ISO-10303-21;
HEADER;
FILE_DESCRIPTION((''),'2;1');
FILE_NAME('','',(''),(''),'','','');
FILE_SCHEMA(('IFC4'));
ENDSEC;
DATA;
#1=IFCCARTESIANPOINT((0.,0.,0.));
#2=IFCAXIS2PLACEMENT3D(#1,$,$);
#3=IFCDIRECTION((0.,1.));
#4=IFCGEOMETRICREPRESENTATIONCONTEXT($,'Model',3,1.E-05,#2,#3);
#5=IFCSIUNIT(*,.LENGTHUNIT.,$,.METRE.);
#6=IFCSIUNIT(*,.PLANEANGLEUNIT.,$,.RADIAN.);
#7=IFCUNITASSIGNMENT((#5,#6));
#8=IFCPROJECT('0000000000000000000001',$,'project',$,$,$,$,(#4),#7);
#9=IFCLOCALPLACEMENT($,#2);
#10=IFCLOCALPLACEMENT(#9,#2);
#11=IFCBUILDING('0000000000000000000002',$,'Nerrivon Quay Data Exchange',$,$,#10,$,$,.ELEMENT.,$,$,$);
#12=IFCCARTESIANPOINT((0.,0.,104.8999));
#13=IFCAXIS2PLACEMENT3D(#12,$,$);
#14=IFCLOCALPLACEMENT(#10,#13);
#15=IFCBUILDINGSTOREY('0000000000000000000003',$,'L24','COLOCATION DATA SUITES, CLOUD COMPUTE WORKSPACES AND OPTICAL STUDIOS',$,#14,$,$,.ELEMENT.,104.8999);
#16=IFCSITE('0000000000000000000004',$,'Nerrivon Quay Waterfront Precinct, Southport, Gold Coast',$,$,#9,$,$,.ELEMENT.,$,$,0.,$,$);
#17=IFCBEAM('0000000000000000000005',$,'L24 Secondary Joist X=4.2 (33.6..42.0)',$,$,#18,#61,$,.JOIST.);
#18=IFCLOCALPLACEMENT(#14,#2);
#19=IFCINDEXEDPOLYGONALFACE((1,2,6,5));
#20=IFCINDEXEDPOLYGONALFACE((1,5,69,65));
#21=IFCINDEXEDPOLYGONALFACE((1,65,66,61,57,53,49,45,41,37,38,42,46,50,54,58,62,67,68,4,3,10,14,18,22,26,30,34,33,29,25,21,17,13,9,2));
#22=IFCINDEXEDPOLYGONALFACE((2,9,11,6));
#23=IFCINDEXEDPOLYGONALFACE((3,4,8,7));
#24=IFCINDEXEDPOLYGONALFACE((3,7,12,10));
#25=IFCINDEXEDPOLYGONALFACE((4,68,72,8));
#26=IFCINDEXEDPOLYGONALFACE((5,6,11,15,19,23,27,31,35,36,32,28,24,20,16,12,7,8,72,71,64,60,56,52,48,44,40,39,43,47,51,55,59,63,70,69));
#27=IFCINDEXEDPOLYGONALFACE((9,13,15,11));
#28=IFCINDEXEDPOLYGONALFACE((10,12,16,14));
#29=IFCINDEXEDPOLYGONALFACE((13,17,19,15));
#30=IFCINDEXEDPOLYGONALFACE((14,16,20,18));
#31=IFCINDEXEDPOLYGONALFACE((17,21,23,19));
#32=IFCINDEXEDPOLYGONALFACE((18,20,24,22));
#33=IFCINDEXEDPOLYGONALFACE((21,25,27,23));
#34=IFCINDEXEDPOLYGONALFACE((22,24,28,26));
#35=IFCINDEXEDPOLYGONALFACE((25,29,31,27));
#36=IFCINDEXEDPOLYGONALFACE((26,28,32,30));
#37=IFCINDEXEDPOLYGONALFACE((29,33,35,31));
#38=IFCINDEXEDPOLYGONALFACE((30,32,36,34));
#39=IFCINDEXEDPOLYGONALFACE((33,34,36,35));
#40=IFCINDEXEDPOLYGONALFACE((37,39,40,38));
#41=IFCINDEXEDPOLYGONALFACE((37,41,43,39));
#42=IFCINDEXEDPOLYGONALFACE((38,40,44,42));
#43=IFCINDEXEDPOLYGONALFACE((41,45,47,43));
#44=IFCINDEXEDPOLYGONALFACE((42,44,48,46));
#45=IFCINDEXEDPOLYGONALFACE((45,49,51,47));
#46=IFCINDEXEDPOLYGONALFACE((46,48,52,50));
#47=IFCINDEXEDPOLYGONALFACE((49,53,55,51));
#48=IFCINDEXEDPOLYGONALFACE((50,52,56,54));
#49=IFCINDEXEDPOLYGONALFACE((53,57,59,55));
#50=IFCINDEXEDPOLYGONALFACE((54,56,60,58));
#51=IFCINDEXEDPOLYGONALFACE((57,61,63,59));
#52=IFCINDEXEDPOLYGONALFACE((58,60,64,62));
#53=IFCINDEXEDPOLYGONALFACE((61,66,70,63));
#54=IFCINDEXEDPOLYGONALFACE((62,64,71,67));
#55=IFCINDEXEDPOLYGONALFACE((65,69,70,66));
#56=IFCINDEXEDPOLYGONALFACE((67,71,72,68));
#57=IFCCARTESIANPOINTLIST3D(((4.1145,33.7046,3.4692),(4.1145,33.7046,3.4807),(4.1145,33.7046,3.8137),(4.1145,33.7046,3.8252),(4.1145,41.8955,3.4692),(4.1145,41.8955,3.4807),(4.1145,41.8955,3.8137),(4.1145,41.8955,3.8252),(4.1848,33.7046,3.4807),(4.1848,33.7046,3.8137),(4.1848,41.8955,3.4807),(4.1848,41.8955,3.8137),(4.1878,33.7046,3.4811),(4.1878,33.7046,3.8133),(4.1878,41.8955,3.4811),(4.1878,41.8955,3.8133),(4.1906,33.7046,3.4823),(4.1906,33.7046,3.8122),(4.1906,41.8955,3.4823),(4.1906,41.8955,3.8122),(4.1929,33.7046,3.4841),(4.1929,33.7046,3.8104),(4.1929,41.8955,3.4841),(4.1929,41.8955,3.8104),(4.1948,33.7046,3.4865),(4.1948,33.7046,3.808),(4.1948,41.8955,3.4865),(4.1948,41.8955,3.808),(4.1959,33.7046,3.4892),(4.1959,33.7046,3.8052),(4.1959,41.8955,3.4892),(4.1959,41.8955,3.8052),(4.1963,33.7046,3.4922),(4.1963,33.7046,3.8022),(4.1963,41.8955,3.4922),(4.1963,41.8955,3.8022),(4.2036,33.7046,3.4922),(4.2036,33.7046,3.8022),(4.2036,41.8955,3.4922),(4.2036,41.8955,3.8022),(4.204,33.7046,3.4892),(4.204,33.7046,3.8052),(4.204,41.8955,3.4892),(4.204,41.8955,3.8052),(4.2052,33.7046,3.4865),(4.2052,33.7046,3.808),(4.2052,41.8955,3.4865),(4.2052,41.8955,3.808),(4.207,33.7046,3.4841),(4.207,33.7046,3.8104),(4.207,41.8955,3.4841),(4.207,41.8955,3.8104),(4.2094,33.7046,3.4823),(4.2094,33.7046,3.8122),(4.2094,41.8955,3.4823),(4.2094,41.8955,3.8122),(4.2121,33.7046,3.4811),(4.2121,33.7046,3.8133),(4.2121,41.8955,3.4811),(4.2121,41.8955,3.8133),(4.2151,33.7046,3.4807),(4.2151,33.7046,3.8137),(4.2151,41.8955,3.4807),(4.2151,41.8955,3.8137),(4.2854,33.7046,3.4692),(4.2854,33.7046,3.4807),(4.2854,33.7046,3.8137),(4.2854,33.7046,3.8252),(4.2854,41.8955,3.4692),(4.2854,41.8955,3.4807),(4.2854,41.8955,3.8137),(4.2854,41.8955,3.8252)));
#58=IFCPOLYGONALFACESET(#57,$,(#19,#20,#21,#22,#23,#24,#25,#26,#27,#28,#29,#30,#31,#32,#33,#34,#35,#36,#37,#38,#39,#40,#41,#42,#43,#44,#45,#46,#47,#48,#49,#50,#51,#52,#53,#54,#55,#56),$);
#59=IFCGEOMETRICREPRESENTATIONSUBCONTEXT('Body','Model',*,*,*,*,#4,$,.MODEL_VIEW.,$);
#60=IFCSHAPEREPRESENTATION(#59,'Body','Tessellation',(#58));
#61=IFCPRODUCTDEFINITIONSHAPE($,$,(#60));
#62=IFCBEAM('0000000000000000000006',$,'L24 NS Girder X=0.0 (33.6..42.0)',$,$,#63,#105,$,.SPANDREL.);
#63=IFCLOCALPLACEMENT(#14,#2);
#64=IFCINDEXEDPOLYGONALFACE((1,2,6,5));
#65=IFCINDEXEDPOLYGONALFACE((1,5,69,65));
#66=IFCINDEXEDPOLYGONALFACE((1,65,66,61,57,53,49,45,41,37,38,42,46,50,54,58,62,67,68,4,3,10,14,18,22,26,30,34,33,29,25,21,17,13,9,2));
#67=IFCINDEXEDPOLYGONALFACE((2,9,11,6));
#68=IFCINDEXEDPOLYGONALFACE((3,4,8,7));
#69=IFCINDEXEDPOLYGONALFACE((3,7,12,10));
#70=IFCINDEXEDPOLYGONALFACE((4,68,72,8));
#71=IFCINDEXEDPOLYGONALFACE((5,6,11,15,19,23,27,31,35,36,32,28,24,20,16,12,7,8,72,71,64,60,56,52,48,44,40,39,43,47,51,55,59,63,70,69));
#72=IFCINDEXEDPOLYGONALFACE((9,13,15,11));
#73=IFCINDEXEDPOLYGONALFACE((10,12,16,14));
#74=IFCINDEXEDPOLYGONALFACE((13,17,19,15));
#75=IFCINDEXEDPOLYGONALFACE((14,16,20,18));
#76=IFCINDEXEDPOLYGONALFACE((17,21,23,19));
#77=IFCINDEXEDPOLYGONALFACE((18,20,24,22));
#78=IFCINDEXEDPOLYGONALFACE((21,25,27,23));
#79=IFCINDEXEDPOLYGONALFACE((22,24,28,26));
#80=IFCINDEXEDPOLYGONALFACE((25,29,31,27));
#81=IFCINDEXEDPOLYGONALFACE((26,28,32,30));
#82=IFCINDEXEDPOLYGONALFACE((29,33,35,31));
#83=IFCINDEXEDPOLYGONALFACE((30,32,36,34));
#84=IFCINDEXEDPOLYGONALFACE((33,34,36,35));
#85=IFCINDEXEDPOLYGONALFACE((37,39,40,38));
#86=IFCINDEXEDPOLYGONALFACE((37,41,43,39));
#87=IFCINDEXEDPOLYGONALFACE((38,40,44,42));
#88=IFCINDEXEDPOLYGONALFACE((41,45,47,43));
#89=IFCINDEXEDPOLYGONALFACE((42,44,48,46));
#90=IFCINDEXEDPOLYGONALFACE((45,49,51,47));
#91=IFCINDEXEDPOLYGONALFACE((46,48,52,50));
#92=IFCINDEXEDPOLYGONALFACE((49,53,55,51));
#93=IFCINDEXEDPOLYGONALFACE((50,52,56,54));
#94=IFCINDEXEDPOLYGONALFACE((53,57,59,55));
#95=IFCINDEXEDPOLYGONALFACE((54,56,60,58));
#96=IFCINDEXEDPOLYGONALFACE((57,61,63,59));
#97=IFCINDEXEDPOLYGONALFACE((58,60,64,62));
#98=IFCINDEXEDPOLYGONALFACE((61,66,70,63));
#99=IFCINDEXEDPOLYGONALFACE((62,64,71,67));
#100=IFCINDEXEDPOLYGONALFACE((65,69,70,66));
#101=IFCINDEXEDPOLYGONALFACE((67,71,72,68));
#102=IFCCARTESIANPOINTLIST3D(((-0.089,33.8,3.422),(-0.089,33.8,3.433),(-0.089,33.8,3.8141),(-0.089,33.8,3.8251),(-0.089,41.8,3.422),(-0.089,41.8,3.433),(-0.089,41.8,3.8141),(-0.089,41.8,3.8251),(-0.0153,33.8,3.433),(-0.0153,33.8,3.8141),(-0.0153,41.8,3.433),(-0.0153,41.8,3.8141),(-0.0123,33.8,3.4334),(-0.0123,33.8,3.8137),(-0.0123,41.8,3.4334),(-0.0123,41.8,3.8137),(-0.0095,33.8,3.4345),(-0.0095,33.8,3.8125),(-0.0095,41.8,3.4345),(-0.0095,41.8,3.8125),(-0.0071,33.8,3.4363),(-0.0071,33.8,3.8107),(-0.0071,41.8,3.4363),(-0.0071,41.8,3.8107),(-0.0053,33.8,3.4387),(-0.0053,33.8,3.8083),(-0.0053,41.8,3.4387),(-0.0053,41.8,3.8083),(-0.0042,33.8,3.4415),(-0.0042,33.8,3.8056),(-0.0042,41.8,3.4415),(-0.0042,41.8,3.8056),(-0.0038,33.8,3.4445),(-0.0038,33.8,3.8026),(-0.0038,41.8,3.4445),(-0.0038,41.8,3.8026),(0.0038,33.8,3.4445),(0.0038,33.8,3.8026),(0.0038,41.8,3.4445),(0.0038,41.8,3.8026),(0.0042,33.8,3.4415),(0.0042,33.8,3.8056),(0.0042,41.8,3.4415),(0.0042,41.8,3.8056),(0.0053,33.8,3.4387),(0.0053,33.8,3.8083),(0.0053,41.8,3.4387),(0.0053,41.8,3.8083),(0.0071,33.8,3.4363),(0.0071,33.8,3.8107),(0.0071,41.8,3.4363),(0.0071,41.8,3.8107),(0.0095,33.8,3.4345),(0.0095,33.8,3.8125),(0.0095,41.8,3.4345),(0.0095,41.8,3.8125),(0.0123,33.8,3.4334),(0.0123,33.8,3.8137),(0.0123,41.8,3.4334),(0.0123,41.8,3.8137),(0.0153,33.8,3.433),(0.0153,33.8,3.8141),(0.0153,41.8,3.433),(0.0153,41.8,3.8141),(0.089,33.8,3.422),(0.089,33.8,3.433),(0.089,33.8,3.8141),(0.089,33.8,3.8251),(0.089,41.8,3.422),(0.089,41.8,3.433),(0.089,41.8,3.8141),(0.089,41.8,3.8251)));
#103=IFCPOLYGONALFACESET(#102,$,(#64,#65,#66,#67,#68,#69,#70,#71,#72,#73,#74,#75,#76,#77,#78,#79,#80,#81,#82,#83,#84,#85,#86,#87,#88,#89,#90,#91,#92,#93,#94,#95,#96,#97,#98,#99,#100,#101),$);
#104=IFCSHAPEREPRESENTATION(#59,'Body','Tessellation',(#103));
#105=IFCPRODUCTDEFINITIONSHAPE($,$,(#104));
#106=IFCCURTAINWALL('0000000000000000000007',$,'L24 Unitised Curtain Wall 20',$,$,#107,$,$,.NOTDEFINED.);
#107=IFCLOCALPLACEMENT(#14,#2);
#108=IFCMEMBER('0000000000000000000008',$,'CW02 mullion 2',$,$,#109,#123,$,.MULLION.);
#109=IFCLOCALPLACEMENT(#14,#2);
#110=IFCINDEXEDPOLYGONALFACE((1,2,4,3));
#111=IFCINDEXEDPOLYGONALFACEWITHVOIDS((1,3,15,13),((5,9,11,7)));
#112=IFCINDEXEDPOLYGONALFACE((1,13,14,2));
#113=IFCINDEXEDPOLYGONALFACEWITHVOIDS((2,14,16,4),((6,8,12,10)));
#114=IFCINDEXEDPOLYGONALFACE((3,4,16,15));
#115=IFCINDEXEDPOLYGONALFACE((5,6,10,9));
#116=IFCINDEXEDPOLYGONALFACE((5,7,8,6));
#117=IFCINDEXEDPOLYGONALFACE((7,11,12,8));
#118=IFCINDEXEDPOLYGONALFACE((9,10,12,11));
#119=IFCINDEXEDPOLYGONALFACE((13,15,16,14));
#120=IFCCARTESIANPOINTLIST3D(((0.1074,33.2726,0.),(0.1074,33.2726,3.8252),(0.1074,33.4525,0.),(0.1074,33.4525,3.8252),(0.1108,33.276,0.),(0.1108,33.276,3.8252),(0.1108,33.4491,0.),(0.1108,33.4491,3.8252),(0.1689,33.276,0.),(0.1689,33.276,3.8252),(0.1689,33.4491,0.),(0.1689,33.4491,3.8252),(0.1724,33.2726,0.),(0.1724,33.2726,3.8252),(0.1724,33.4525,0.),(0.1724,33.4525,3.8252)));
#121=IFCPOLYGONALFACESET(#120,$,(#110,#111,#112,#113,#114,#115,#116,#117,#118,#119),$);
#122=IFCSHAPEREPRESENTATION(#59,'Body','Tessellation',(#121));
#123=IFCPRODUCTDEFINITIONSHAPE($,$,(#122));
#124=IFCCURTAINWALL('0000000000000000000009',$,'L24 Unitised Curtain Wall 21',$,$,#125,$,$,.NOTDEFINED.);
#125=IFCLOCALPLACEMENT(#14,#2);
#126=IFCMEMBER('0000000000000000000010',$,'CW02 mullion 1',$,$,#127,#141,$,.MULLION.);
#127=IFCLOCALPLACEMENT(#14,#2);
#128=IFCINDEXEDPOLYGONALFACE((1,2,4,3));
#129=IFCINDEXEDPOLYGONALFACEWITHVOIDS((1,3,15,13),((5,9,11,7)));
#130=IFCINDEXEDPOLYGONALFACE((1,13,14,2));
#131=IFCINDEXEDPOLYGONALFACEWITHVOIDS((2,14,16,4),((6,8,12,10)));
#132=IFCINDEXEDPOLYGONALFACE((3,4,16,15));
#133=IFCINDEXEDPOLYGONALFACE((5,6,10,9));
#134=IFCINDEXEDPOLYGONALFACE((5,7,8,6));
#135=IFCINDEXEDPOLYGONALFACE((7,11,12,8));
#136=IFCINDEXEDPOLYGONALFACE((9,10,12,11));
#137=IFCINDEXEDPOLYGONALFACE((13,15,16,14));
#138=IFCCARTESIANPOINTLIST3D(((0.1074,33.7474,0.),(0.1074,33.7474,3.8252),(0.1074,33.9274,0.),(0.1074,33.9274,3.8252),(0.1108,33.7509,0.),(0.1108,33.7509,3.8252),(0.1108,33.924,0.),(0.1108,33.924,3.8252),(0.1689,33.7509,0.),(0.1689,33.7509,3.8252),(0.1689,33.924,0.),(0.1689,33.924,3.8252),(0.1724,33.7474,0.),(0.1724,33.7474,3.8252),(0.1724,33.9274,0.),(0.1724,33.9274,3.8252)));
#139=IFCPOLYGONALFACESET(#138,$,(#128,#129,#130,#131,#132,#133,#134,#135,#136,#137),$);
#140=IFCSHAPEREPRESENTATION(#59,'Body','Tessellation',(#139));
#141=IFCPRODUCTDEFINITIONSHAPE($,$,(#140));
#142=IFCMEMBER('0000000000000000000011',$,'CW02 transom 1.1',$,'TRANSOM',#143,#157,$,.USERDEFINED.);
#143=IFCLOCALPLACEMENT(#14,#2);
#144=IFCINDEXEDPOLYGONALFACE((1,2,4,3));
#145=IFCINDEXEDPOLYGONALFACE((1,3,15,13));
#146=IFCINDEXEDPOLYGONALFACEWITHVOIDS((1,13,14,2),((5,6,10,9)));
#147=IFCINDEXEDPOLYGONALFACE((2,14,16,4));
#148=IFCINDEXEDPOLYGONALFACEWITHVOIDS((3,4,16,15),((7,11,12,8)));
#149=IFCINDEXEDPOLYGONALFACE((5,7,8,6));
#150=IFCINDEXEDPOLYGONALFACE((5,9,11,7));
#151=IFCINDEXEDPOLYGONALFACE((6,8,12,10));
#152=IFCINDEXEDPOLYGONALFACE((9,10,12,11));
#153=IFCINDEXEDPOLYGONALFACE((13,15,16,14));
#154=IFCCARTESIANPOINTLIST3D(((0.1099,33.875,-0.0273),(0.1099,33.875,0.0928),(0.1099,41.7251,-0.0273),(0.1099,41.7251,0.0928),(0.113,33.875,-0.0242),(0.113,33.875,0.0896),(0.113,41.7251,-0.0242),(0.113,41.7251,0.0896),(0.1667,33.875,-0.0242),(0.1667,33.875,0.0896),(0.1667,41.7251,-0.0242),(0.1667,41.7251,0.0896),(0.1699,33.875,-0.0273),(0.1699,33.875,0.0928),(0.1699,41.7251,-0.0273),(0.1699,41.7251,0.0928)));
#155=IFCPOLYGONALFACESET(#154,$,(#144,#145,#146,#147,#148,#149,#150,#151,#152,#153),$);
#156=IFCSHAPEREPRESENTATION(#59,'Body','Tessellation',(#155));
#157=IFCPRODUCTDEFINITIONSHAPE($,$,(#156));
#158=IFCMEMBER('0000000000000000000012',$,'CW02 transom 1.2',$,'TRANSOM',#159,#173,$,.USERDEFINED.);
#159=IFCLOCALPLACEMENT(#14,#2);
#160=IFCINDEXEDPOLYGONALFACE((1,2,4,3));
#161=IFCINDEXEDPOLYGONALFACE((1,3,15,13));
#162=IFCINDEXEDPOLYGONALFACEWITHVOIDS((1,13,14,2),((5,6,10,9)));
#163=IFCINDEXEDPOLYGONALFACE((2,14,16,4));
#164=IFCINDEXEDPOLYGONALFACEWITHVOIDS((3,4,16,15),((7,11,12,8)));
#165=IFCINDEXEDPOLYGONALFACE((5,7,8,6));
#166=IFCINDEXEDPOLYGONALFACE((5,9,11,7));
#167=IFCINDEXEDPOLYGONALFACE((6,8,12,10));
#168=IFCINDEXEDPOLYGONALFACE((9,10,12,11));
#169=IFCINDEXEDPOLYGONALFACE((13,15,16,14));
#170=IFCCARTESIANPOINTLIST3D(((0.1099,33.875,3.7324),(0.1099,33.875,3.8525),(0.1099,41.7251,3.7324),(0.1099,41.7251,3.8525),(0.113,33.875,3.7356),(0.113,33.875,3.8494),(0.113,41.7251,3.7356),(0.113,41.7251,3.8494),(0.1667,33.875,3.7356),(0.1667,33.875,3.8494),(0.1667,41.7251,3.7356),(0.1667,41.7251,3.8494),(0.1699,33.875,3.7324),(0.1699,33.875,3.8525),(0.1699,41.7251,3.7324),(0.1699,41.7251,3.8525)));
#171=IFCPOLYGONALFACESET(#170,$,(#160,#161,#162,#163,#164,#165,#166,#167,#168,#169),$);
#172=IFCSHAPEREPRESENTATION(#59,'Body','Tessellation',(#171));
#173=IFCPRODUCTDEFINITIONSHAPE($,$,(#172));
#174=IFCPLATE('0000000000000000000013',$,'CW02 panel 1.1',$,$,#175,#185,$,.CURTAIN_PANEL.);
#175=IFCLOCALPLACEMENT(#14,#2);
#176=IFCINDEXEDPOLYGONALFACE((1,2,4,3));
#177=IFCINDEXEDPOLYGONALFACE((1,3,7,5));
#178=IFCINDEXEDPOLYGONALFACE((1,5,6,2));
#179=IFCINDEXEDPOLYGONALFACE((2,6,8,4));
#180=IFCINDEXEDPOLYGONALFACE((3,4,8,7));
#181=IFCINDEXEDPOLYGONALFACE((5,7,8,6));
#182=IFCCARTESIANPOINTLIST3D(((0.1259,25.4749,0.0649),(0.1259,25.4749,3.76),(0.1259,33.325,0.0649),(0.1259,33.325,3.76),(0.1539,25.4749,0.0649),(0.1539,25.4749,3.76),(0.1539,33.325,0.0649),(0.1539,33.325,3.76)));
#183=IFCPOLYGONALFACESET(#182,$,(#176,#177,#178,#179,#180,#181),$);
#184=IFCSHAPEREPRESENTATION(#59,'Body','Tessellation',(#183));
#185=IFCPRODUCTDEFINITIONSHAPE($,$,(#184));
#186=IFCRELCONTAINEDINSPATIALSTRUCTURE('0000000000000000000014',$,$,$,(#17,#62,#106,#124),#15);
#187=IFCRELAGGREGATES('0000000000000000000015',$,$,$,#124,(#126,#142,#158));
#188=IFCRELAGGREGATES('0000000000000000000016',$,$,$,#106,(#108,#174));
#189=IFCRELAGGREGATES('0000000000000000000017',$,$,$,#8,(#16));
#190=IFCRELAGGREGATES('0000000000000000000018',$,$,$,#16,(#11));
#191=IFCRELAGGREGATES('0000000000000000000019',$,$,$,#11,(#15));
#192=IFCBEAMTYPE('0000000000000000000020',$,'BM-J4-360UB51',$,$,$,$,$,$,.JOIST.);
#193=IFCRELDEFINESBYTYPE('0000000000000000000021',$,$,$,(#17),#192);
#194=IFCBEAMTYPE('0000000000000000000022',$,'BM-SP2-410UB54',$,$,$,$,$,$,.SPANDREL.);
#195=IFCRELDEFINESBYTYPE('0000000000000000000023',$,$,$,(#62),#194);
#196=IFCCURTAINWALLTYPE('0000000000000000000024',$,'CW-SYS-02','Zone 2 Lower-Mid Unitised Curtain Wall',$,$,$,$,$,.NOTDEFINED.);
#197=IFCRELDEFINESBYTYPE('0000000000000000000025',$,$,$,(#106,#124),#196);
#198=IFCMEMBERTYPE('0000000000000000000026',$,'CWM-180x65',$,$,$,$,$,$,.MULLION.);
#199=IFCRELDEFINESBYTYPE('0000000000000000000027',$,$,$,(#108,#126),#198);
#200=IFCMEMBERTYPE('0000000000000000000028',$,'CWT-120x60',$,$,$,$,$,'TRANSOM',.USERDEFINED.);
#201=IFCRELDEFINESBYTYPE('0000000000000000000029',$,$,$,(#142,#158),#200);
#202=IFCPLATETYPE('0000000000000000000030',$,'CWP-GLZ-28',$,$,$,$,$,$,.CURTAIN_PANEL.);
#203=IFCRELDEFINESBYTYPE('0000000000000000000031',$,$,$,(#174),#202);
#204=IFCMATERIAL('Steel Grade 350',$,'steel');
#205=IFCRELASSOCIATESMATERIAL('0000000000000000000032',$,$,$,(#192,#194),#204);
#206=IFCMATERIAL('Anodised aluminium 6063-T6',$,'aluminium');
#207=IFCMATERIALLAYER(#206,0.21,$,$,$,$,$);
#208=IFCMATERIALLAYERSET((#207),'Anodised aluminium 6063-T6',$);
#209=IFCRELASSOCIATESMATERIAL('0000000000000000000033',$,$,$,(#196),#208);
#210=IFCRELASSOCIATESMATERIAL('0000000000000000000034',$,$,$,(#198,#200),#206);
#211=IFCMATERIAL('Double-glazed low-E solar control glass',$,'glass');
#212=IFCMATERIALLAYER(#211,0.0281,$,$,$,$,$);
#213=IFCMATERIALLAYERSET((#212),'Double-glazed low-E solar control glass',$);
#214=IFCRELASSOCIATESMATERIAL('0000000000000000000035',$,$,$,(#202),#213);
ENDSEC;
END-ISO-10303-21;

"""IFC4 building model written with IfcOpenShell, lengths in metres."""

from ifc_helpers import new_model, si_unit, direction, frame, origin, origin_2d, place, context, subcontext, project, spatial, rectangle, hollow_rectangle, i_section, extrude, material, layer, layer_set, material_profile, profile_set, type_object, element, aggregate, save


model = new_model("IFC4")

# Units and contexts
model_context = context("Model", 3, precision=1e-05, world=origin(), true_north=direction((0.0, 1.0)))
body_context = subcontext(model_context, "Body", "Model", "MODEL_VIEW")
ifc_project = project(units=[si_unit("LENGTHUNIT", "METRE"), si_unit("PLANEANGLEUNIT", "RADIAN")], contexts=[model_context])

# Site, building, storey
site_placement = place(None, origin())
site = spatial("IfcSite", under=ifc_project, at=site_placement, Name="Nerrivon Quay Waterfront Precinct, Southport, Gold Coast", CompositionType="ELEMENT", RefElevation=0.0)
building_placement = place(site_placement, origin())
building = spatial("IfcBuilding", under=site, at=building_placement, Name="Nerrivon Quay Data Exchange", CompositionType="ELEMENT")
storey_placement = place(building_placement, frame((0.0, 0.0, 104.8999)))
storey = spatial("IfcBuildingStorey", under=building, at=storey_placement, Name="L24", Description="COLOCATION DATA SUITES, CLOUD COMPUTE WORKSPACES AND OPTICAL STUDIOS", CompositionType="ELEMENT", Elevation=104.8999)

# Shared definitions
ifc_material_1 = material(Name="Steel Grade 350", Category="steel")

# Beams
ifc_material_profile_1 = material_profile(ifc_material_1, i_section(OverallWidth=0.1709, OverallDepth=0.356, WebThickness=0.0073, FlangeThickness=0.0115, FilletRadius=0.0115, at=origin_2d()), Name="360UB50.7")
ifc_profile_set_1 = profile_set([ifc_material_profile_1], Name="Steel Grade 350")
beam_type_1 = type_object("IfcBeamType", Name="BM-J4-360UB51", PredefinedType="JOIST", material=ifc_profile_set_1)
beam_1_placement = place(storey_placement, frame((4.2, 33.7046, 3.6472), z_axis=(0.0, 1.0, 0.0), x_axis=(-1.0, 0.0, 0.0)))
element("IfcBeam", 1, at=beam_1_placement, inside=storey, type_object=beam_type_1, Name="L24 Secondary Joist X=4.2 (33.6..42.0)", PredefinedType="JOIST", context=body_context, shape_type="SweptSolid", body=[
    extrude(i_section(OverallWidth=0.1709, OverallDepth=0.356, WebThickness=0.0073, FlangeThickness=0.0115, FilletRadius=0.0115, at=origin_2d()), origin(), (0.0, 0.0, 1.0), 8.1909),
])
ifc_material_profile_2 = material_profile(ifc_material_1, i_section(OverallWidth=0.178, OverallDepth=0.4031, WebThickness=0.0076, FlangeThickness=0.011, FilletRadius=0.0115, at=origin_2d()), Name="410UB53.7")
ifc_profile_set_2 = profile_set([ifc_material_profile_2], Name="Steel Grade 350")
beam_type_2 = type_object("IfcBeamType", Name="BM-SP2-410UB54", PredefinedType="SPANDREL", material=ifc_profile_set_2)
beam_2_placement = place(storey_placement, frame((0.0, 33.8, 3.6235), z_axis=(0.0, 1.0, 0.0), x_axis=(-1.0, 0.0, 0.0)))
element("IfcBeam", 2, at=beam_2_placement, inside=storey, type_object=beam_type_2, Name="L24 NS Girder X=0.0 (33.6..42.0)", PredefinedType="SPANDREL", context=body_context, shape_type="SweptSolid", body=[
    extrude(i_section(OverallWidth=0.178, OverallDepth=0.4031, WebThickness=0.0076, FlangeThickness=0.011, FilletRadius=0.0115, at=origin_2d()), origin(), (0.0, 0.0, 1.0), 8.0),
])

# Curtain wall, member
ifc_material_2 = material(Name="Anodised aluminium 6063-T6", Category="aluminium")
ifc_layer_1 = layer(ifc_material_2, 0.21)
ifc_layer_set_1 = layer_set([ifc_layer_1], Name="Anodised aluminium 6063-T6")
curtain_wall_type = type_object("IfcCurtainWallType", Name="CW-SYS-02", Description="Zone 2 Lower-Mid Unitised Curtain Wall", PredefinedType="NOTDEFINED", material=ifc_layer_set_1)
curtain_wall_1_placement = place(storey_placement, origin())
curtain_wall_1 = element("IfcCurtainWall", 3, at=curtain_wall_1_placement, inside=storey, type_object=curtain_wall_type, Name="L24 Unitised Curtain Wall 20", PredefinedType="NOTDEFINED")
ifc_material_profile_3 = material_profile(ifc_material_2, hollow_rectangle(XDim=0.0649, YDim=0.1799, WallThickness=0.0034, at=origin_2d()), Name="ALU-MULL-180x65")
ifc_profile_set_3 = profile_set([ifc_material_profile_3], Name="Anodised aluminium 6063-T6")
member_type_1 = type_object("IfcMemberType", Name="CWM-180x65", PredefinedType="MULLION", material=ifc_profile_set_3)
member_1_placement = place(storey_placement, frame((0.1399, 33.3625, 0.0), z_axis=(0.0, 0.0, 1.0), x_axis=(-1.0, 0.0, 0.0)))
member_1 = element("IfcMember", 4, at=member_1_placement, type_object=member_type_1, Name="CW02 mullion 2", PredefinedType="MULLION", context=body_context, shape_type="SweptSolid", body=[
    extrude(hollow_rectangle(XDim=0.0649, YDim=0.1799, WallThickness=0.0034, at=origin_2d()), origin(), (0.0, 0.0, 1.0), 3.8252),
])

# Curtain wall, members
curtain_wall_2_placement = place(storey_placement, origin())
curtain_wall_2 = element("IfcCurtainWall", 5, at=curtain_wall_2_placement, inside=storey, type_object=curtain_wall_type, Name="L24 Unitised Curtain Wall 21", PredefinedType="NOTDEFINED")
member_2_placement = place(storey_placement, frame((0.1399, 33.8374, 0.0), z_axis=(0.0, 0.0, 1.0), x_axis=(-1.0, 0.0, 0.0)))
member_2 = element("IfcMember", 6, at=member_2_placement, type_object=member_type_1, Name="CW02 mullion 1", PredefinedType="MULLION", context=body_context, shape_type="SweptSolid", body=[
    extrude(hollow_rectangle(XDim=0.0649, YDim=0.1799, WallThickness=0.0034, at=origin_2d()), origin(), (0.0, 0.0, 1.0), 3.8252),
])
ifc_material_profile_4 = material_profile(ifc_material_2, hollow_rectangle(XDim=0.0601, YDim=0.1201, WallThickness=0.0032, at=origin_2d()), Name="ALU-TRAN-120x60")
ifc_profile_set_4 = profile_set([ifc_material_profile_4], Name="Anodised aluminium 6063-T6")
member_type_2 = type_object("IfcMemberType", Name="CWT-120x60", ElementType="TRANSOM", PredefinedType="USERDEFINED", material=ifc_profile_set_4)
member_3_placement = place(storey_placement, frame((0.1399, 33.875, 0.0327), z_axis=(0.0, 1.0, 0.0), x_axis=(-1.0, 0.0, 0.0)))
member_3 = element("IfcMember", 7, at=member_3_placement, type_object=member_type_2, Name="CW02 transom 1.1", ObjectType="TRANSOM", PredefinedType="USERDEFINED", context=body_context, shape_type="SweptSolid", body=[
    extrude(hollow_rectangle(XDim=0.0601, YDim=0.1201, WallThickness=0.0032, at=origin_2d()), origin(), (0.0, 0.0, 1.0), 7.8501),
])
member_4_placement = place(storey_placement, frame((0.1399, 33.875, 3.7925), z_axis=(0.0, 1.0, 0.0), x_axis=(-1.0, 0.0, 0.0)))
member_4 = element("IfcMember", 8, at=member_4_placement, type_object=member_type_2, Name="CW02 transom 1.2", ObjectType="TRANSOM", PredefinedType="USERDEFINED", context=body_context, shape_type="SweptSolid", body=[
    extrude(hollow_rectangle(XDim=0.0601, YDim=0.1201, WallThickness=0.0032, at=origin_2d()), origin(), (0.0, 0.0, 1.0), 7.8501),
])
aggregate(curtain_wall_2, [member_2, member_3, member_4])

# Plate
ifc_material_3 = material(Name="Double-glazed low-E solar control glass", Category="glass")
ifc_layer_2 = layer(ifc_material_3, 0.0281)
ifc_layer_set_2 = layer_set([ifc_layer_2], Name="Double-glazed low-E solar control glass")
plate_type = type_object("IfcPlateType", Name="CWP-GLZ-28", PredefinedType="CURTAIN_PANEL", material=ifc_layer_set_2)
plate_placement = place(storey_placement, frame((0.1399, 29.3999, 0.0649), z_axis=(0.0, 0.0, 1.0), x_axis=(0.0, 1.0, 0.0)))
plate = element("IfcPlate", 9, at=plate_placement, type_object=plate_type, Name="CW02 panel 1.1", PredefinedType="CURTAIN_PANEL", context=body_context, shape_type="SweptSolid", body=[
    extrude(rectangle(XDim=7.8501, YDim=0.0281, at=origin_2d()), origin(), (0.0, 0.0, 1.0), 3.6951),
])
aggregate(curtain_wall_1, [member_1, plate])

save(model, "model.ifc")
